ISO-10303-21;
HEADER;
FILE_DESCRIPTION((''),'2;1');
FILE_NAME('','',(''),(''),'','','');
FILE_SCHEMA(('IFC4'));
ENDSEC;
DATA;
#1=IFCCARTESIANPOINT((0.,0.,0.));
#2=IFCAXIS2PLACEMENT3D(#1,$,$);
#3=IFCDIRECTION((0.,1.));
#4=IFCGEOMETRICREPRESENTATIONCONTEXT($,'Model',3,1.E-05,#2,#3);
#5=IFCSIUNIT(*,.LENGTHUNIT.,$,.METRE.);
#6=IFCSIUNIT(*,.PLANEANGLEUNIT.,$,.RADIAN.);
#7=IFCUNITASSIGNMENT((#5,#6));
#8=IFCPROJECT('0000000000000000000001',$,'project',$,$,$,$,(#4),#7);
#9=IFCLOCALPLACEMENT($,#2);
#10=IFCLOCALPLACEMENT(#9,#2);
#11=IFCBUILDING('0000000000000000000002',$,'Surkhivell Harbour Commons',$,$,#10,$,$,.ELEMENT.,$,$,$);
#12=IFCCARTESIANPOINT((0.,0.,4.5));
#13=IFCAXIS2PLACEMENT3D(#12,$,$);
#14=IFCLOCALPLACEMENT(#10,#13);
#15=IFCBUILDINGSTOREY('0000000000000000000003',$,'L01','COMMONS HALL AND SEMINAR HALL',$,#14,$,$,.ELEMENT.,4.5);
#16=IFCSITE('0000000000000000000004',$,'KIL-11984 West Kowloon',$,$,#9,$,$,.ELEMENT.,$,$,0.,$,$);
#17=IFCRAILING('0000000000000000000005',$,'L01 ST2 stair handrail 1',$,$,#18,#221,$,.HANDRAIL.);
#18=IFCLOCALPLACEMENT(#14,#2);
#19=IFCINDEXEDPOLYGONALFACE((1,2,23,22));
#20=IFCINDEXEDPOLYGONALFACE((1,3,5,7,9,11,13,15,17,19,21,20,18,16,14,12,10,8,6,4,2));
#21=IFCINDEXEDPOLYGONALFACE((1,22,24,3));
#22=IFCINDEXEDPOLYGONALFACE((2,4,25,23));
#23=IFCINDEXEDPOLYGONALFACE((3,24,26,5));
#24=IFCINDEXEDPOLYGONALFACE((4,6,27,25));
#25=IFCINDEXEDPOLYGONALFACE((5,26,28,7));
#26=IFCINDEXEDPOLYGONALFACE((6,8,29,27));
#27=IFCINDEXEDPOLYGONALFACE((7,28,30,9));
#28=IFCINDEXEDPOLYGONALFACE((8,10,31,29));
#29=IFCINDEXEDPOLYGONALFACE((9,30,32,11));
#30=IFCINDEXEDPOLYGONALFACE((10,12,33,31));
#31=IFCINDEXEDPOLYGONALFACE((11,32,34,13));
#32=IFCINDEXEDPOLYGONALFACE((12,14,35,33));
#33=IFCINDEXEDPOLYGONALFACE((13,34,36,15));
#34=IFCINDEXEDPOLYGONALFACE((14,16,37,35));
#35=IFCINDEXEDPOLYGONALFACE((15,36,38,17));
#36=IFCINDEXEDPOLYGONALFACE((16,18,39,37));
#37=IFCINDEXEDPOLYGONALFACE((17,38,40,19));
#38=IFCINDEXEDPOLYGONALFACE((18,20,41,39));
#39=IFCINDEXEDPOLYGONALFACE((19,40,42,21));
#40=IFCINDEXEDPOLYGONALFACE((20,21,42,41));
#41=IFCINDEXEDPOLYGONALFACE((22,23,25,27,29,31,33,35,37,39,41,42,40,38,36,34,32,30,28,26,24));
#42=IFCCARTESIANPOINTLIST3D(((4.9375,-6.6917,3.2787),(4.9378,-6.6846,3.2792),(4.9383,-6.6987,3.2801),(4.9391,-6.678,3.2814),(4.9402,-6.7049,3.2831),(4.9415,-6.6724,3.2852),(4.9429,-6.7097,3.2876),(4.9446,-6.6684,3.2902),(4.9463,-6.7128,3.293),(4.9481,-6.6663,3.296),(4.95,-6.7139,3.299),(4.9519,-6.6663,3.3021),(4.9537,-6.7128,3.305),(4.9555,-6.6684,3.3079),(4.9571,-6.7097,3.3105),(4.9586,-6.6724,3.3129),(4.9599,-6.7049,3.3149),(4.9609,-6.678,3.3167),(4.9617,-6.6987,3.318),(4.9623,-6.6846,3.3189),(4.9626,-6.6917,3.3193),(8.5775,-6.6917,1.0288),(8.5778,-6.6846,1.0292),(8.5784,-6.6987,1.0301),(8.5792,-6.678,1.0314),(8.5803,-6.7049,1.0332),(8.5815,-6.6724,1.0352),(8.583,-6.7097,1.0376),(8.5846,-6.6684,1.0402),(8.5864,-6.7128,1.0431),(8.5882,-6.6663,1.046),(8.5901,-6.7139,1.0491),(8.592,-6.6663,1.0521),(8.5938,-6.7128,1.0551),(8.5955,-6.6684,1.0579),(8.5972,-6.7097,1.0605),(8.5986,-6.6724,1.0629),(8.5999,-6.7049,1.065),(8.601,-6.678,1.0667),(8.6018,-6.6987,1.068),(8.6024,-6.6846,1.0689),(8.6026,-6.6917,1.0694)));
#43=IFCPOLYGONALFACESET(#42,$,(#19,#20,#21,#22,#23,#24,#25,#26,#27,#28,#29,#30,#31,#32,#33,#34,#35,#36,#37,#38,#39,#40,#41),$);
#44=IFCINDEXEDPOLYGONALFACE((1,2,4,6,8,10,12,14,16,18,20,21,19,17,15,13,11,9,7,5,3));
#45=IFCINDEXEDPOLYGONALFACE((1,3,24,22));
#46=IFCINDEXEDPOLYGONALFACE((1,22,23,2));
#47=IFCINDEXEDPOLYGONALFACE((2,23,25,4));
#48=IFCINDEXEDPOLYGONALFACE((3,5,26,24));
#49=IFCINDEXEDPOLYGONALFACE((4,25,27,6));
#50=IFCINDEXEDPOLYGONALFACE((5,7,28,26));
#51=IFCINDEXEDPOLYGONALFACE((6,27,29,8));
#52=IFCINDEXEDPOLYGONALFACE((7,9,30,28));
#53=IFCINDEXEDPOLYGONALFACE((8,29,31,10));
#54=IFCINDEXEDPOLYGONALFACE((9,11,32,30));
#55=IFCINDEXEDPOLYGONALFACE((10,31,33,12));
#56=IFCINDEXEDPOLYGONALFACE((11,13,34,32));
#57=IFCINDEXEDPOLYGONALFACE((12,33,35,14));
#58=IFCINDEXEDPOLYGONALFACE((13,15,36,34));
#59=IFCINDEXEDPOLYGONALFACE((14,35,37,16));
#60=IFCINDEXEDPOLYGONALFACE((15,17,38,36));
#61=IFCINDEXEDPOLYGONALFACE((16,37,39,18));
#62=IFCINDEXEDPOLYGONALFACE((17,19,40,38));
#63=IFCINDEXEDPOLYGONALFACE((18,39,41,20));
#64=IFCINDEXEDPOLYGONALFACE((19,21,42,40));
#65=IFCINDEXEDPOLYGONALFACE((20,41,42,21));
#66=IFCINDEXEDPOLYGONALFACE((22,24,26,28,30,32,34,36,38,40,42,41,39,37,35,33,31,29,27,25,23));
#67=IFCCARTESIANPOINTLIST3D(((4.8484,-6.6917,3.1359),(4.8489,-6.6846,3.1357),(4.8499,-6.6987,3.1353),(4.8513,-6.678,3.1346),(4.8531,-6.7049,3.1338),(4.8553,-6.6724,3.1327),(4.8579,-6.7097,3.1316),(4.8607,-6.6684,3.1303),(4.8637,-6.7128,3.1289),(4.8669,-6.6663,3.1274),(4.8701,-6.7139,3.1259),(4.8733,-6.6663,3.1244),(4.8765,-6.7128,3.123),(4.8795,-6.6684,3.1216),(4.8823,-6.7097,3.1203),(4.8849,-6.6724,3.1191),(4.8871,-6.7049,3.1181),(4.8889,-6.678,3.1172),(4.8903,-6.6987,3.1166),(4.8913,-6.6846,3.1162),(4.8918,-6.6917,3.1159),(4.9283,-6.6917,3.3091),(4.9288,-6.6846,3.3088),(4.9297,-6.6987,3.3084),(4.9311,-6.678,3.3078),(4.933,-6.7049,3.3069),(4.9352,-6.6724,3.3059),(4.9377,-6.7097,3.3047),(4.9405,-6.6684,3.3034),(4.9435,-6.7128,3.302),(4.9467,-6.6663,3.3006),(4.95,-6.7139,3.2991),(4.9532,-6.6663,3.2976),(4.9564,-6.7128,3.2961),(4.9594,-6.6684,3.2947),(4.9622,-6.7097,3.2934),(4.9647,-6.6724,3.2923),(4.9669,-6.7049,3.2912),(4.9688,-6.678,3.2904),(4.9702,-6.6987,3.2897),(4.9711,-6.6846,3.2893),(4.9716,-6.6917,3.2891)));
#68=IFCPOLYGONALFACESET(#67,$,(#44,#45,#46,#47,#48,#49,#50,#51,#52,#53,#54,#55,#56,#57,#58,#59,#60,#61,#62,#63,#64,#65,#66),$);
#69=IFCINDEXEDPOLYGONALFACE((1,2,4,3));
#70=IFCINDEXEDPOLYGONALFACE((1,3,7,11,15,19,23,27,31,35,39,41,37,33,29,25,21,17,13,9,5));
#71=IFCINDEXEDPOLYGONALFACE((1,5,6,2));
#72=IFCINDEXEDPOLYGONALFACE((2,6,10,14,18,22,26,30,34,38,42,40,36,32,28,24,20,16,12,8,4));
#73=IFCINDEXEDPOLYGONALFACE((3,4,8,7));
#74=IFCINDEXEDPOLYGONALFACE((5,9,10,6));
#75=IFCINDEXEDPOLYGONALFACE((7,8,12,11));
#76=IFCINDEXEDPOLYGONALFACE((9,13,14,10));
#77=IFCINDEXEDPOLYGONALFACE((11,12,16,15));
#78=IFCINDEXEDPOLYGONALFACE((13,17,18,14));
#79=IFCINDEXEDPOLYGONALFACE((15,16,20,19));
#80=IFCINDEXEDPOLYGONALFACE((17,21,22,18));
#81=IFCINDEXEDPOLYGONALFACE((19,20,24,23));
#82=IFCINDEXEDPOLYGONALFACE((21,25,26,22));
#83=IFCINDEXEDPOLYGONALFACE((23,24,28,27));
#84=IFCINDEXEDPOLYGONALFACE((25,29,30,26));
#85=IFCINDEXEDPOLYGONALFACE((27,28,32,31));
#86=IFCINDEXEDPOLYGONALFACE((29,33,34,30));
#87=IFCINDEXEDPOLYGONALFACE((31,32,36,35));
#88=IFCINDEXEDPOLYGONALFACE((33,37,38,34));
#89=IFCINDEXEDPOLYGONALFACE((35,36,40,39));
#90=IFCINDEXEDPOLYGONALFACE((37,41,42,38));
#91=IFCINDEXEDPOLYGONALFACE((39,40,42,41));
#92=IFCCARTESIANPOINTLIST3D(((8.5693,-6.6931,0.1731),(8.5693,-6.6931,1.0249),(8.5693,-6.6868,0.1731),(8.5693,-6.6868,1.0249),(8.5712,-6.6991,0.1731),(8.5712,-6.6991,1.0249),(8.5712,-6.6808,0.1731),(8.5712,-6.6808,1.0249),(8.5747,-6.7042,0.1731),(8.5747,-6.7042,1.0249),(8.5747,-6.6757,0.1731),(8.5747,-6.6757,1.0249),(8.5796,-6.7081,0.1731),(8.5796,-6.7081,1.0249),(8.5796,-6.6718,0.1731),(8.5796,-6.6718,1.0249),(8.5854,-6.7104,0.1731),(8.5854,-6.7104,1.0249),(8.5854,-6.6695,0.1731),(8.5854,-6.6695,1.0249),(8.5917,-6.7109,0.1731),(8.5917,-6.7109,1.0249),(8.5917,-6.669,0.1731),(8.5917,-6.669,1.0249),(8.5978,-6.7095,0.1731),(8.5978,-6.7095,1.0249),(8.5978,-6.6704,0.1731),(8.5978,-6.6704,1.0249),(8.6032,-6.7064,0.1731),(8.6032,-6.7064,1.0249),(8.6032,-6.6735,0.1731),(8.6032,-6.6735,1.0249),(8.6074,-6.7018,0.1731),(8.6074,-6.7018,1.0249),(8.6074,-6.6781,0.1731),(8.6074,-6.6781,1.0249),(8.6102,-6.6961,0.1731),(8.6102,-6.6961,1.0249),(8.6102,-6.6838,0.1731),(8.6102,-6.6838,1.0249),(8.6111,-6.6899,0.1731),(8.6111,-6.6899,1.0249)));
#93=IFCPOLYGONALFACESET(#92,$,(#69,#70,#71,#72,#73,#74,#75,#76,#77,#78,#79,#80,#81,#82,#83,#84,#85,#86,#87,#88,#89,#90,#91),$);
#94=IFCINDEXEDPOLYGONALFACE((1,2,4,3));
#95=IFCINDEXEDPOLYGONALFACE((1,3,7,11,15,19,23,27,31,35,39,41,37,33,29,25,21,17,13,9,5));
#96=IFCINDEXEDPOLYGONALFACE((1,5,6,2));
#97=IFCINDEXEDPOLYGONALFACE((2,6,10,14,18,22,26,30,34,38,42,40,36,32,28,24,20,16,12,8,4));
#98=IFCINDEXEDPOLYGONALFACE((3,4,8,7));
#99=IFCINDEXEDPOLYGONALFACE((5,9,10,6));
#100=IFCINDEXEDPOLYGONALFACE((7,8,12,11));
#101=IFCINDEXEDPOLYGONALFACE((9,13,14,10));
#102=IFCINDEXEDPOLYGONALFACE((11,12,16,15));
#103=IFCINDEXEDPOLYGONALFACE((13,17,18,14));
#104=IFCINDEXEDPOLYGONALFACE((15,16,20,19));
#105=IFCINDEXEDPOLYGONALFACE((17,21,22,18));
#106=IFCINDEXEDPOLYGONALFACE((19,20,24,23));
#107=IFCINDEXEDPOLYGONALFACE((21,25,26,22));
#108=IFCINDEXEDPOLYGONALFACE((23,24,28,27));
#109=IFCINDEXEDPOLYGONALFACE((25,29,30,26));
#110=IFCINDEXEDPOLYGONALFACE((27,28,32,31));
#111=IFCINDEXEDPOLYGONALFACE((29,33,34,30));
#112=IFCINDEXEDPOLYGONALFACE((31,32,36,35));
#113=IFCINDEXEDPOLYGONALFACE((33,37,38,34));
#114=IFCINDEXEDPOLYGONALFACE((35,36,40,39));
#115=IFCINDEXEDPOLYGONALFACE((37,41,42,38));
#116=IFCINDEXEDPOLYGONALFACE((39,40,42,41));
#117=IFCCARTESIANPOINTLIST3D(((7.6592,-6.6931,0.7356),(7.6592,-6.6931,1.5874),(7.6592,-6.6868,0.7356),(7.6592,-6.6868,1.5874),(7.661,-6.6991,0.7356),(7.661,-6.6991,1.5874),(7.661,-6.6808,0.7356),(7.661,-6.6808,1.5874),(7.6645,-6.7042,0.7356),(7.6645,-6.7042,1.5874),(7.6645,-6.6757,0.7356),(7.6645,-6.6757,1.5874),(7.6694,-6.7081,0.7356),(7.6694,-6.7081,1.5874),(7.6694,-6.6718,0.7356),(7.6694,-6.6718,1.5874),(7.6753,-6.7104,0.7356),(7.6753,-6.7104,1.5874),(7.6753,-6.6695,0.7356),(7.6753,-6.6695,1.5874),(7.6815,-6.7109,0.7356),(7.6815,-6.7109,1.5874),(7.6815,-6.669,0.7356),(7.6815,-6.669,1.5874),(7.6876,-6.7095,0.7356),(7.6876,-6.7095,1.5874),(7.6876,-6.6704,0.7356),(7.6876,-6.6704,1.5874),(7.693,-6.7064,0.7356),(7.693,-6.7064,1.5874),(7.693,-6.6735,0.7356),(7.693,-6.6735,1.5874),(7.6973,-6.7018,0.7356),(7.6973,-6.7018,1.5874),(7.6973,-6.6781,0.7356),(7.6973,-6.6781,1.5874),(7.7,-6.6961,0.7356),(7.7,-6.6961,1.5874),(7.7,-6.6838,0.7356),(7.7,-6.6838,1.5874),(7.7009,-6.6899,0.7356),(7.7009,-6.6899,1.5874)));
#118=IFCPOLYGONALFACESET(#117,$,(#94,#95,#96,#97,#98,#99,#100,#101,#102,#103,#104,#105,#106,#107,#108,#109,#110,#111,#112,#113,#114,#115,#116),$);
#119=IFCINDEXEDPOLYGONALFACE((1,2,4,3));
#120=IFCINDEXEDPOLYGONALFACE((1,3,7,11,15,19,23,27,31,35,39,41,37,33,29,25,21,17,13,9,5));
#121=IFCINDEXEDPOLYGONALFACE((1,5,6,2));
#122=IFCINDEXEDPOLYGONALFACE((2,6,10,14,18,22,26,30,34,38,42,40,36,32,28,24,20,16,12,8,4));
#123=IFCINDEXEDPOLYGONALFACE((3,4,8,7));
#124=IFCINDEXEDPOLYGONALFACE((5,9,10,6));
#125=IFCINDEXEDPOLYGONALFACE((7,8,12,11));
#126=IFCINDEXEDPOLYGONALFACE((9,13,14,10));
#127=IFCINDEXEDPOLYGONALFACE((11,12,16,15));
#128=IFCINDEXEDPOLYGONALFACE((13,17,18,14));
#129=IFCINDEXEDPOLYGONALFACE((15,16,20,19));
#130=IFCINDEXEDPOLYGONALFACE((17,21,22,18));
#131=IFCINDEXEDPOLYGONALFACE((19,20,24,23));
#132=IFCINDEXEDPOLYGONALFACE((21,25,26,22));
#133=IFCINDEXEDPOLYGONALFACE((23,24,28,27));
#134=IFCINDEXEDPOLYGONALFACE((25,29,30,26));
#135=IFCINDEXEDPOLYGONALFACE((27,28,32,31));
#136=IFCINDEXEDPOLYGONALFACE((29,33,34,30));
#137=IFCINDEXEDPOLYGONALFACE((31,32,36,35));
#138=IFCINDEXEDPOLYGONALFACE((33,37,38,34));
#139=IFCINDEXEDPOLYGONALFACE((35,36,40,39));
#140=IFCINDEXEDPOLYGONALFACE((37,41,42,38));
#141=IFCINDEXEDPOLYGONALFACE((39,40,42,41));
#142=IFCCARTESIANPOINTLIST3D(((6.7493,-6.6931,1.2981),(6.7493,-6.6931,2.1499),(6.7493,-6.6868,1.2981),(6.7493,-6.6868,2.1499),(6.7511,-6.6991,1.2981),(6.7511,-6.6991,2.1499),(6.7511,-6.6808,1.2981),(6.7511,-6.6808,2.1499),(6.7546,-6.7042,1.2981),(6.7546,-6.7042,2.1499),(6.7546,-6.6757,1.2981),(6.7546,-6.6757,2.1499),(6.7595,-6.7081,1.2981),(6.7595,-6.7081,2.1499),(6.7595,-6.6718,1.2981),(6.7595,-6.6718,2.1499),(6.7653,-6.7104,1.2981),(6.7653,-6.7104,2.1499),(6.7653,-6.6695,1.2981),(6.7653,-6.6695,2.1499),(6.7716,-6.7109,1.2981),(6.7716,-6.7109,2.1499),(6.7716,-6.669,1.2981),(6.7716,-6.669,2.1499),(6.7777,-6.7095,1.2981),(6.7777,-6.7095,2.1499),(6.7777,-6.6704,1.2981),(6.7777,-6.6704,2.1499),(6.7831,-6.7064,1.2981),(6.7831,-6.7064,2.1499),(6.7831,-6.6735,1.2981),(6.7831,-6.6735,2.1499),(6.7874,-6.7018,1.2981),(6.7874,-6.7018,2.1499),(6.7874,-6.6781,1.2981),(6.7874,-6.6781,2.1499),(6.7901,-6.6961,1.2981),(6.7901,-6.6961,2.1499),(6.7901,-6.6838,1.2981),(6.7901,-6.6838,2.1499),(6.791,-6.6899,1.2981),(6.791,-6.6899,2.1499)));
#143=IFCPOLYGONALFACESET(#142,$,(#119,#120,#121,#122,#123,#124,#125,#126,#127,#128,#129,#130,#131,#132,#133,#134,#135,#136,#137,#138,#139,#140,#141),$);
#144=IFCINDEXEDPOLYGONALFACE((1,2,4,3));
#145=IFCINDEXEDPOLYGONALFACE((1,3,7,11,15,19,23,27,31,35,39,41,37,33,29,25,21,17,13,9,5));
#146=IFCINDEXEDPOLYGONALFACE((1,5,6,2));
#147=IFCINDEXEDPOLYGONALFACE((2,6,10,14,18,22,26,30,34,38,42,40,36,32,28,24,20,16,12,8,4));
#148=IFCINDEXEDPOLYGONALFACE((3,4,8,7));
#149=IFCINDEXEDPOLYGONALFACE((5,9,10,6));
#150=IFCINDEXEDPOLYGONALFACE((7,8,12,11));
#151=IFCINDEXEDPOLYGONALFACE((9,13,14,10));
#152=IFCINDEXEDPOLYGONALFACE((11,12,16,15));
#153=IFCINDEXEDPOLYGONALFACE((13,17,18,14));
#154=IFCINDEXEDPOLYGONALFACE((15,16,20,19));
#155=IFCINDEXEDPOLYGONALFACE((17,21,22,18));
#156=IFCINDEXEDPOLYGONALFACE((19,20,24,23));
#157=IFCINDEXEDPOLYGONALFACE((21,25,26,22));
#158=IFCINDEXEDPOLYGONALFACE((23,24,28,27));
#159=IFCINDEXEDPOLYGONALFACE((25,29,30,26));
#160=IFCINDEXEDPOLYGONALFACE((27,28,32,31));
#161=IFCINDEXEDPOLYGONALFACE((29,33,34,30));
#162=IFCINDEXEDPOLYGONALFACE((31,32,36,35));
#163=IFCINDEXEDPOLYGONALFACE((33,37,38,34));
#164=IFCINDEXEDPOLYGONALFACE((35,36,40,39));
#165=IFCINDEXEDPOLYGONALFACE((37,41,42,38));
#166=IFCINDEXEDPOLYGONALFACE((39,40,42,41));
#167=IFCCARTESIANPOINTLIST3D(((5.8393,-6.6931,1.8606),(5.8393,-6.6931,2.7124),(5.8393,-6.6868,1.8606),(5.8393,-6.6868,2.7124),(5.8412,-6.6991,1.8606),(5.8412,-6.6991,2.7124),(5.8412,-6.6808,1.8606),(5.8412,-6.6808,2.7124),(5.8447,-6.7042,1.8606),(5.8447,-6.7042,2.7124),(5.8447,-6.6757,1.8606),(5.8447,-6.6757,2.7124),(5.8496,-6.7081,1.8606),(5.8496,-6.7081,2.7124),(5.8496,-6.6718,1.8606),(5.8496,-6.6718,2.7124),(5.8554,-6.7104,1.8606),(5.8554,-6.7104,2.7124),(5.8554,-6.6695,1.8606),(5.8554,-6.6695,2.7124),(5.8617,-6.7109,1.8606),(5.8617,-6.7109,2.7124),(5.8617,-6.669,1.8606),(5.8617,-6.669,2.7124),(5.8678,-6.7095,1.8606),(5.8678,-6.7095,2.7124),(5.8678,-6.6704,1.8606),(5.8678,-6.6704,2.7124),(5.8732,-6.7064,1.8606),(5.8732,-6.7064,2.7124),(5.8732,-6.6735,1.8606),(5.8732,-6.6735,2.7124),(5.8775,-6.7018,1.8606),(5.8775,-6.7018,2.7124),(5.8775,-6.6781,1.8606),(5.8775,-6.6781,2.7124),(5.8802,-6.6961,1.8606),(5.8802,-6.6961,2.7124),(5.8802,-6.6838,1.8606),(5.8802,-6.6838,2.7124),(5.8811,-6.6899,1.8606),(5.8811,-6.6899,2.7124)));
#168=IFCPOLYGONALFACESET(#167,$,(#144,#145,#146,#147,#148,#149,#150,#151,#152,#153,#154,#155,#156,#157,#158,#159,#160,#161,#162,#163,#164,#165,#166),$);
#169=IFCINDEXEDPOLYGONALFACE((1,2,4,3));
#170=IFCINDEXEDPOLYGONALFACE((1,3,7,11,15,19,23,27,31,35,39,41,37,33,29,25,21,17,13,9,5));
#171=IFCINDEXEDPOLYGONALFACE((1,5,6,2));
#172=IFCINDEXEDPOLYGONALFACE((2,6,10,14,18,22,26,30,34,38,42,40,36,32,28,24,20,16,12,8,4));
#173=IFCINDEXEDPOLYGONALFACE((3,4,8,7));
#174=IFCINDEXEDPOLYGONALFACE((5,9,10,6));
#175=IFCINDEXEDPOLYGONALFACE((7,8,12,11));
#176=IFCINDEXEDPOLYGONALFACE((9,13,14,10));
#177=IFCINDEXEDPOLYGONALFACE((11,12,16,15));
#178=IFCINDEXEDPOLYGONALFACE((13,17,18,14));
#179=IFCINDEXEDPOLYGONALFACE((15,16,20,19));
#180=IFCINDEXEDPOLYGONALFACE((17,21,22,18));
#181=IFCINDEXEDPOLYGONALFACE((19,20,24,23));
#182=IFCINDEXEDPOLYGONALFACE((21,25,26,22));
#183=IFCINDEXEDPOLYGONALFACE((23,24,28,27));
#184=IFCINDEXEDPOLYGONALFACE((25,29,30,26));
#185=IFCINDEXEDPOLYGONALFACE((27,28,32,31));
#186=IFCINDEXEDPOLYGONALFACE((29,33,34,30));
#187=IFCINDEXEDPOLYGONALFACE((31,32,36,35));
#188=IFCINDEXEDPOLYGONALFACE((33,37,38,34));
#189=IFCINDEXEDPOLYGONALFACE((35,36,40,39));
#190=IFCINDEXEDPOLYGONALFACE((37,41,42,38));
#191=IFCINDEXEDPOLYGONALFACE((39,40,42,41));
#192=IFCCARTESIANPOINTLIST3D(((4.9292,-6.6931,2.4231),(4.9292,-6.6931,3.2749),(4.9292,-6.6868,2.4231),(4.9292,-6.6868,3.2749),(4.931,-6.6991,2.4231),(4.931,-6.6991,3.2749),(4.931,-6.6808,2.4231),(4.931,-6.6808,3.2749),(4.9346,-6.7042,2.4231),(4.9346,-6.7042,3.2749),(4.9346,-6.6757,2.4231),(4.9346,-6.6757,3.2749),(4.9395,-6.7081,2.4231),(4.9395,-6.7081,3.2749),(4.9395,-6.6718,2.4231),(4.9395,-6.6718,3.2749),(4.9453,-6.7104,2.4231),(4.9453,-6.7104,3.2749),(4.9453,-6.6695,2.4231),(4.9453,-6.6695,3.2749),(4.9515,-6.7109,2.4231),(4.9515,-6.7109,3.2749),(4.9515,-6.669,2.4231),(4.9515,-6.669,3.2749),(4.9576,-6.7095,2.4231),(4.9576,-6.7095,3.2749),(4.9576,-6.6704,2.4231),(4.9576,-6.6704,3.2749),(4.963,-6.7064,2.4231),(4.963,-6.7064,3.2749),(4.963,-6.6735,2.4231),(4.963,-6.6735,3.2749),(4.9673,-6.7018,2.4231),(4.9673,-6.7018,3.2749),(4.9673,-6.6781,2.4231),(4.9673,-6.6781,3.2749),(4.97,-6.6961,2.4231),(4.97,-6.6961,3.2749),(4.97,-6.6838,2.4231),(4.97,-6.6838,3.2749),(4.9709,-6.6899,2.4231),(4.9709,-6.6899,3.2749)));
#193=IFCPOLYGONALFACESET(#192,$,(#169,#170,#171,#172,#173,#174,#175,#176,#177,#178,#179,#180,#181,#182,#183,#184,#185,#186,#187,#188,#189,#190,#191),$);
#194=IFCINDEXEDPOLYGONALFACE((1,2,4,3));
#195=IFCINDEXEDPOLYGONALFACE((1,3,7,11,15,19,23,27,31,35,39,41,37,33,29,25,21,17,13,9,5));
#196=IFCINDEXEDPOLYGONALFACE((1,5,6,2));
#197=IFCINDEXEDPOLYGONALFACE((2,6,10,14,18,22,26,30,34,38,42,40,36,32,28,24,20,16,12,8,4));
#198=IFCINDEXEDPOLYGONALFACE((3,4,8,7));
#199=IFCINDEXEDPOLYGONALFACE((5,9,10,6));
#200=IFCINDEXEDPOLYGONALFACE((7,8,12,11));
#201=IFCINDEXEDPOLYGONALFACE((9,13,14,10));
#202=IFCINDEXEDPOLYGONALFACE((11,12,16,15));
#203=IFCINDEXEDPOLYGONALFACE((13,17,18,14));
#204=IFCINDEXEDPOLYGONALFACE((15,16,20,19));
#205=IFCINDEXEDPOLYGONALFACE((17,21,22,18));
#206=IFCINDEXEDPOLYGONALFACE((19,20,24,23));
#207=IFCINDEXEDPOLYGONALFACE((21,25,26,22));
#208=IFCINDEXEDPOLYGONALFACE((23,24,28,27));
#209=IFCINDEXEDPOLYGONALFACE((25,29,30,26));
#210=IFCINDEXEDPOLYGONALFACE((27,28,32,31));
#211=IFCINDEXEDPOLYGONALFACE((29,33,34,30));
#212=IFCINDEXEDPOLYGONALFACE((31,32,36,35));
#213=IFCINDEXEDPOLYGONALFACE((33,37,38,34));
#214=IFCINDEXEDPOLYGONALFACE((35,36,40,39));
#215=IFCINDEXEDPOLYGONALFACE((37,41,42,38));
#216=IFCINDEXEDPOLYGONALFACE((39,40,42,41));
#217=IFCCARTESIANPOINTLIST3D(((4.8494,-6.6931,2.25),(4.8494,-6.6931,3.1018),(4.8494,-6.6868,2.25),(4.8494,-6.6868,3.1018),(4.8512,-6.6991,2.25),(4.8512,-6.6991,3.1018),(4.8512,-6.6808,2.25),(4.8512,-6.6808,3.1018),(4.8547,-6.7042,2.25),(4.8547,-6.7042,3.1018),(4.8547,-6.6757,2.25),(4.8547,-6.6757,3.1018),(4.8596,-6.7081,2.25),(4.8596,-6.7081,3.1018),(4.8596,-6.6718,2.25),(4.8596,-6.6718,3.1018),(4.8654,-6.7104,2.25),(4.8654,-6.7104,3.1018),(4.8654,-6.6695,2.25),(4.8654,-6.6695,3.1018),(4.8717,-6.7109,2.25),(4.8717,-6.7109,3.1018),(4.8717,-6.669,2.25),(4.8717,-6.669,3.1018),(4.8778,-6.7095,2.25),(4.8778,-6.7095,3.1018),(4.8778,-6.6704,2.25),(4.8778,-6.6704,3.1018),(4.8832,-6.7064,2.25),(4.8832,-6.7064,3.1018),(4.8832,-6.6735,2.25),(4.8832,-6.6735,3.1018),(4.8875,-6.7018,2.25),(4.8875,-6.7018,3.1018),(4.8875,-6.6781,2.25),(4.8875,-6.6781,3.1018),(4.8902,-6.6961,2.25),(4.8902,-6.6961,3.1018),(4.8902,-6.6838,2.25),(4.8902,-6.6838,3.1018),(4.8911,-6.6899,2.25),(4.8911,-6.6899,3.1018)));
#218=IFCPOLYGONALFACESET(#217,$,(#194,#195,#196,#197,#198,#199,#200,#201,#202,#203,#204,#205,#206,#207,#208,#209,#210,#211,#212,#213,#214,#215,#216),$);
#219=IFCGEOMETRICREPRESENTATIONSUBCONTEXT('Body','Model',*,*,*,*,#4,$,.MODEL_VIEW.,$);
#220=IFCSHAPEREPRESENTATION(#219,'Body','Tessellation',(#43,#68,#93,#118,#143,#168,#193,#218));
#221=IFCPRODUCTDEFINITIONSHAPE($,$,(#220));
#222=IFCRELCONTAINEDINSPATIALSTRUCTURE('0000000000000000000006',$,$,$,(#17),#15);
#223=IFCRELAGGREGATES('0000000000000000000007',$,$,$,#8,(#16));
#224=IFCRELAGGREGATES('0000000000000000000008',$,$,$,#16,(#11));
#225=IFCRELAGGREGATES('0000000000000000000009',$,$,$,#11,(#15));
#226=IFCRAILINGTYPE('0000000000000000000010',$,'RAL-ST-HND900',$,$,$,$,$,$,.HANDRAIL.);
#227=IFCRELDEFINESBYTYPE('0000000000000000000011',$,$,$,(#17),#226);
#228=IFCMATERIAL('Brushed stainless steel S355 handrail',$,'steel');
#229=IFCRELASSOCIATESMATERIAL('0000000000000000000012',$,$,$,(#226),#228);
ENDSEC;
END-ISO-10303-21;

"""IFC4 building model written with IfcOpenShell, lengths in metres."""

from ifc_helpers import new_model, si_unit, direction, frame, origin, origin_2d, place, context, subcontext, project, spatial, circle, extrude, material, type_object, element, save


model = new_model("IFC4")

# Units and contexts
model_context = context("Model", 3, precision=1e-05, world=origin(), true_north=direction((0.0, 1.0)))
body_context = subcontext(model_context, "Body", "Model", "MODEL_VIEW")
ifc_project = project(units=[si_unit("LENGTHUNIT", "METRE"), si_unit("PLANEANGLEUNIT", "RADIAN")], contexts=[model_context])

# Site, building, storey
site_placement = place(None, origin())
site = spatial("IfcSite", under=ifc_project, at=site_placement, Name="KIL-11984 West Kowloon", CompositionType="ELEMENT", RefElevation=0.0)
building_placement = place(site_placement, origin())
building = spatial("IfcBuilding", under=site, at=building_placement, Name="Surkhivell Harbour Commons", CompositionType="ELEMENT")
storey_placement = place(building_placement, frame((0.0, 0.0, 4.5)))
storey = spatial("IfcBuildingStorey", under=building, at=storey_placement, Name="L01", Description="COMMONS HALL AND SEMINAR HALL", CompositionType="ELEMENT", Elevation=4.5)

# Railing
ifc_material_1 = material(Name="Brushed stainless steel S355 handrail", Category="steel")
railing_type_1 = type_object("IfcRailingType", Name="RAL-ST-HND900", PredefinedType="HANDRAIL", material=ifc_material_1)
railing_1_placement = place(storey_placement, frame((8.5901, -6.6899, 0.1731)))
element("IfcRailing", 1, at=railing_1_placement, inside=storey, type_object=railing_type_1, Name="L01 ST2 stair handrail 1", PredefinedType="HANDRAIL", context=body_context, shape_type="SweptSolid", body=[
    extrude(circle(Radius=0.0239, at=origin_2d()), frame((0.0, 0.0, 0.876), z_axis=(-0.850622, 0.0, 0.525777), x_axis=(0.0, -1.0, 0.0)), (0.0, 0.0, 1.0), 4.2793),
    extrude(circle(Radius=0.0239, at=origin_2d()), frame((-3.6401, 0.0, 3.126), z_axis=(-0.418815, 0.0, -0.908072), x_axis=(0.0, -1.0, 0.0)), (0.0, 0.0, 1.0), 0.1907),
    extrude(circle(Radius=0.021, at=origin_2d()), origin(), (0.0, 0.0, 1.0), 0.8518),
    extrude(circle(Radius=0.021, at=origin_2d()), frame((-0.9102, 0.0, 0.5625)), (0.0, 0.0, 1.0), 0.8518),
    extrude(circle(Radius=0.021, at=origin_2d()), frame((-1.8201, 0.0, 1.125)), (0.0, 0.0, 1.0), 0.8518),
    extrude(circle(Radius=0.021, at=origin_2d()), frame((-2.73, 0.0, 1.6875)), (0.0, 0.0, 1.0), 0.8518),
    extrude(circle(Radius=0.021, at=origin_2d()), frame((-3.6401, 0.0, 2.25)), (0.0, 0.0, 1.0), 0.8518),
    extrude(circle(Radius=0.021, at=origin_2d()), frame((-3.72, 0.0, 2.0769)), (0.0, 0.0, 1.0), 0.8518),
])

save(model, "model.ifc")
